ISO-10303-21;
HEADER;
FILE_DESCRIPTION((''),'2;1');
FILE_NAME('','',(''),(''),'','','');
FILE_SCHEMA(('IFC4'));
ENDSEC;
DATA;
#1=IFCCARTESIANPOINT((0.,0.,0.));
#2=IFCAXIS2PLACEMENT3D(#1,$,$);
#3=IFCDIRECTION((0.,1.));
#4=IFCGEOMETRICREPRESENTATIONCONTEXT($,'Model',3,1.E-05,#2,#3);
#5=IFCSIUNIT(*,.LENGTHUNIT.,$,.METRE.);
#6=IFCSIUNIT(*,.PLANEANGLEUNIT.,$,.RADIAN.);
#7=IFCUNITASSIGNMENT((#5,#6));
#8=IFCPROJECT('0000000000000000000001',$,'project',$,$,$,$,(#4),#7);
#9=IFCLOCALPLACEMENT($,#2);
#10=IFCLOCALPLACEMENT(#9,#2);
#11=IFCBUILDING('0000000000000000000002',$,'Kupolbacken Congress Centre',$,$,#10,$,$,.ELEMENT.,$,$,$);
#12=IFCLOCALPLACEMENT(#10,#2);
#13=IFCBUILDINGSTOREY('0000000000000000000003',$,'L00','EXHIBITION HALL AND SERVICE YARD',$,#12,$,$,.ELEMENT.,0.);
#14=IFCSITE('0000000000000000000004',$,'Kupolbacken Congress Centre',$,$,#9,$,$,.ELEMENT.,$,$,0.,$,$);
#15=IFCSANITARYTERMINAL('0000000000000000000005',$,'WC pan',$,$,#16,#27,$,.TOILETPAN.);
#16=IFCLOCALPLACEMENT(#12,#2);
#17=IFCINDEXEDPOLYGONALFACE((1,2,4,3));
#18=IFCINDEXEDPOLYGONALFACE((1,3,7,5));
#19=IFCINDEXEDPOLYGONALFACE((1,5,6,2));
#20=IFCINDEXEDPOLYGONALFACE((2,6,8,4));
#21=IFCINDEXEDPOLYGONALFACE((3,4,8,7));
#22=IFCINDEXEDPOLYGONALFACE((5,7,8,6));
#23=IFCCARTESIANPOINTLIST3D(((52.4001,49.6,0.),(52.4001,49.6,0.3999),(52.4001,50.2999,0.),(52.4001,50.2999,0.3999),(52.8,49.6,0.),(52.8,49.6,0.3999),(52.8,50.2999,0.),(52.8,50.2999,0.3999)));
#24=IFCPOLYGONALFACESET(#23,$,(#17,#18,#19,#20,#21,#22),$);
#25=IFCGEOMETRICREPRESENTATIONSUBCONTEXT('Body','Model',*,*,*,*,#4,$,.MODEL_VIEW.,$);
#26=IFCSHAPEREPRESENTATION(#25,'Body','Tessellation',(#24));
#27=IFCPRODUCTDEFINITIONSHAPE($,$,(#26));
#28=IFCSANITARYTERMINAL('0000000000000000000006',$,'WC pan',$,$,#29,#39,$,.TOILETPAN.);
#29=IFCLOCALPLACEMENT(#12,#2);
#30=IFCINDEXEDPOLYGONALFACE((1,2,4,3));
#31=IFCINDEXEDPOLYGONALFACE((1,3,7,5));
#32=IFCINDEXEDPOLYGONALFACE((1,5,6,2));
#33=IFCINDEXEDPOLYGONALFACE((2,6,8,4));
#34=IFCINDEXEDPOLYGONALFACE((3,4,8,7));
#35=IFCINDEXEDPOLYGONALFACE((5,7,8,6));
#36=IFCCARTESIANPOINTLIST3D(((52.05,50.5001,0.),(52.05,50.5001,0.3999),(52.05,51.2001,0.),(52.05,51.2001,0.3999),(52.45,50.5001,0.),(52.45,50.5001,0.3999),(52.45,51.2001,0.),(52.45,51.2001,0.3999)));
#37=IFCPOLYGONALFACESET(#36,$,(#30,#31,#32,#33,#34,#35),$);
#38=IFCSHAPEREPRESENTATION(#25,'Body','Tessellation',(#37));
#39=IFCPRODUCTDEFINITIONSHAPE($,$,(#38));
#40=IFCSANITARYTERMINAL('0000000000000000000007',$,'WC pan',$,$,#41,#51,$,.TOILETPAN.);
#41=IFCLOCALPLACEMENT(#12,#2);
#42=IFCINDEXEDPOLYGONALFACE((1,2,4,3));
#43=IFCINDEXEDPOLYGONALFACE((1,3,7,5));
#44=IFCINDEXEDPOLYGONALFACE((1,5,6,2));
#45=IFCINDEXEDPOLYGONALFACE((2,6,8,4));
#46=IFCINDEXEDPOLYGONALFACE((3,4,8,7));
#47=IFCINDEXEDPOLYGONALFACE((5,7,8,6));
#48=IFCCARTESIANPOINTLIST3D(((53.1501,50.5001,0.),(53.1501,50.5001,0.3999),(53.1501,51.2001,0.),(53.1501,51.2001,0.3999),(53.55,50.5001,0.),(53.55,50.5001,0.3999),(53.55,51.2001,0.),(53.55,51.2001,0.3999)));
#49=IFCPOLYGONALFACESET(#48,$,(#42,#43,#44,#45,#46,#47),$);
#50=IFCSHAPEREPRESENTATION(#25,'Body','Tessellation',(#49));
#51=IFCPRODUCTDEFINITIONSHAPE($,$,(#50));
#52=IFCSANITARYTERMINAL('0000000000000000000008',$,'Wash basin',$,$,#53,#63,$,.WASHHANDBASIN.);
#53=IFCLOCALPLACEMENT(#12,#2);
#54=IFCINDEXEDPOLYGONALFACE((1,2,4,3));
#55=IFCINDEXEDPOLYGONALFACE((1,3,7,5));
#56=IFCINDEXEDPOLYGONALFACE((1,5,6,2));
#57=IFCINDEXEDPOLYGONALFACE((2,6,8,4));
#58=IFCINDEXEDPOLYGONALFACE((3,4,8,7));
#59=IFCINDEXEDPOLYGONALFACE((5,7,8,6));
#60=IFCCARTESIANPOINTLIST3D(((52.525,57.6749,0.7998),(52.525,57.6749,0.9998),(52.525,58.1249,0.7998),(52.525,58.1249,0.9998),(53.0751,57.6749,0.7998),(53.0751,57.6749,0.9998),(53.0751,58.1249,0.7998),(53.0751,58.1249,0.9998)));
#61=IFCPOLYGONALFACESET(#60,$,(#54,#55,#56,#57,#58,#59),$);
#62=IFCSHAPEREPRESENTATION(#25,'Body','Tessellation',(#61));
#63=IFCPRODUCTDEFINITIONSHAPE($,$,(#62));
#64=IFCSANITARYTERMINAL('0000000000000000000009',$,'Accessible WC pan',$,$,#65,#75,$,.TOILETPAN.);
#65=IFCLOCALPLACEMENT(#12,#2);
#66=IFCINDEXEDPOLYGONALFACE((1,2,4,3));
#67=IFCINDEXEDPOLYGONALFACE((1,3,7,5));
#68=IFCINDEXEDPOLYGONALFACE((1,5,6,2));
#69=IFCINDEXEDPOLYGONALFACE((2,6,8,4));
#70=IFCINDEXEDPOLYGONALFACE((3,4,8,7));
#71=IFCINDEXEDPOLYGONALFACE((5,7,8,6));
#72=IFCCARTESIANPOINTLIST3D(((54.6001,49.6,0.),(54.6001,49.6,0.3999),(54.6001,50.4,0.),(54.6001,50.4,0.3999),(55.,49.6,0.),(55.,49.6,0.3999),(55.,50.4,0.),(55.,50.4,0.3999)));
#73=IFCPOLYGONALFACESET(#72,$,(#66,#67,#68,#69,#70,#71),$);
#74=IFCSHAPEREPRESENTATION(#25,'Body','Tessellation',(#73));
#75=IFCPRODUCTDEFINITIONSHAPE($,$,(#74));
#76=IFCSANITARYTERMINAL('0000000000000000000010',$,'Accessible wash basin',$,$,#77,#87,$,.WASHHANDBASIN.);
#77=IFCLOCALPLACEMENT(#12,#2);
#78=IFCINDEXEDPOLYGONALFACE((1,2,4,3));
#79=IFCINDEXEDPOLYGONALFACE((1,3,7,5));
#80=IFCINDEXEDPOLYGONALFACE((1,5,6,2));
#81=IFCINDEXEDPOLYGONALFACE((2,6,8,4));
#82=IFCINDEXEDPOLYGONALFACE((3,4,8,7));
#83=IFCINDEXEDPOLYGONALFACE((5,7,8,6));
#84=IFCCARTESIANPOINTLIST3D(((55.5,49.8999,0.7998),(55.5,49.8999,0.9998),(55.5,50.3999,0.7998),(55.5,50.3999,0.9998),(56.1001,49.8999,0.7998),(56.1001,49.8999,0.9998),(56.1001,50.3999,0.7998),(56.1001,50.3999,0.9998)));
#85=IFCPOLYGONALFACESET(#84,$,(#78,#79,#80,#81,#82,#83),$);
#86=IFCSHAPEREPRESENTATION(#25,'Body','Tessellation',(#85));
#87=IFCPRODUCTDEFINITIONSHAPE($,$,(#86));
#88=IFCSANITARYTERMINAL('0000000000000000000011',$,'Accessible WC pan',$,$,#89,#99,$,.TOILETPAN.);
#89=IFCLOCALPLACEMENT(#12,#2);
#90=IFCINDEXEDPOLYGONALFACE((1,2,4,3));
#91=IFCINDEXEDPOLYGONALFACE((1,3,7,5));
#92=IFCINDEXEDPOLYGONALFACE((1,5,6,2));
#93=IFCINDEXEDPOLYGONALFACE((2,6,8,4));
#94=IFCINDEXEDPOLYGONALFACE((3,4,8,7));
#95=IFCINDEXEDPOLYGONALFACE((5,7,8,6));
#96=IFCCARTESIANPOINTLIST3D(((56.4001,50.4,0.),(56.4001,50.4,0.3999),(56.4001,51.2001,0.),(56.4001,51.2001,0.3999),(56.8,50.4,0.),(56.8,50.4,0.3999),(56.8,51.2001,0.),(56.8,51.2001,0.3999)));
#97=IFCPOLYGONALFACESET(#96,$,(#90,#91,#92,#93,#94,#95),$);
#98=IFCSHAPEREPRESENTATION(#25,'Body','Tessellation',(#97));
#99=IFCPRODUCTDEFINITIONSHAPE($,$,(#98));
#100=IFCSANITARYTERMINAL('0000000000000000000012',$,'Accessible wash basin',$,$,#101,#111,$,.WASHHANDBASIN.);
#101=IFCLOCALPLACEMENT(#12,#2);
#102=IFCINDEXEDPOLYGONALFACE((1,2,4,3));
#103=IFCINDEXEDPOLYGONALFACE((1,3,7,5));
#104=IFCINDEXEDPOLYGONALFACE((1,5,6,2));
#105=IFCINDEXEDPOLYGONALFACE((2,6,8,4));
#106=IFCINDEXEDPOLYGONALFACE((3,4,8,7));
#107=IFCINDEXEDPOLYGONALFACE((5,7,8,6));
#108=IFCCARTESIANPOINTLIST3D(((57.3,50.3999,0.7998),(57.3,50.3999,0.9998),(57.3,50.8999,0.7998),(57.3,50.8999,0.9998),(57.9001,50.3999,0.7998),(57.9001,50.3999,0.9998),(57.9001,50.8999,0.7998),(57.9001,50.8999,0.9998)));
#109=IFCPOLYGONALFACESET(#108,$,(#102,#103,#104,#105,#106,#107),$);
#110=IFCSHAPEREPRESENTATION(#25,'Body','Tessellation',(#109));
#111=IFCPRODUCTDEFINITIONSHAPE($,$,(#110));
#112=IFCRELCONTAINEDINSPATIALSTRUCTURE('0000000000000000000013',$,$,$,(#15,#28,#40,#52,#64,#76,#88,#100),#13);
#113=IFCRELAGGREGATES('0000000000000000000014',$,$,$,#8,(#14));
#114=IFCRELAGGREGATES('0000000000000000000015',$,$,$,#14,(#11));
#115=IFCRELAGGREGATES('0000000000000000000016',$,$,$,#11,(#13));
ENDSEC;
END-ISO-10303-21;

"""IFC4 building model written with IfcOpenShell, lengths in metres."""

from ifc_helpers import new_model, si_unit, direction, frame, origin, origin_2d, place, context, subcontext, project, spatial, rectangle, extrude, element, save


model = new_model("IFC4")

# Units and contexts
model_context = context("Model", 3, precision=1e-05, world=origin(), true_north=direction((0.0, 1.0)))
body_context = subcontext(model_context, "Body", "Model", "MODEL_VIEW")
ifc_project = project(units=[si_unit("LENGTHUNIT", "METRE"), si_unit("PLANEANGLEUNIT", "RADIAN")], contexts=[model_context])

# Site, building, storey
site_placement = place(None, origin())
site = spatial("IfcSite", under=ifc_project, at=site_placement, Name="Kupolbacken Congress Centre", CompositionType="ELEMENT", RefElevation=0.0)
building_placement = place(site_placement, origin())
building = spatial("IfcBuilding", under=site, at=building_placement, Name="Kupolbacken Congress Centre", CompositionType="ELEMENT")
storey_placement = place(building_placement, origin())
storey = spatial("IfcBuildingStorey", under=building, at=storey_placement, Name="L00", Description="EXHIBITION HALL AND SERVICE YARD", CompositionType="ELEMENT", Elevation=0.0)

# Sanitary terminals
for number, where, z_axis, x_axis, name in (
    (1, (52.6001, 49.95, 0.0), (0.0, 0.0, 1.0), (1.0, 0.0, 0.0), "WC pan"),
    (2, (52.25, 50.8501, 0.0), (0.0, 0.0, 1.0), (1.0, 0.0, 0.0), "WC pan"),
    (3, (53.3501, 50.8501, 0.0), (0.0, 0.0, 1.0), (1.0, 0.0, 0.0), "WC pan"),
):
    element("IfcSanitaryTerminal", number, at=place(storey_placement, frame(where, z_axis=z_axis, x_axis=x_axis)), inside=storey, Name=name, PredefinedType="TOILETPAN", context=body_context, shape_type="SweptSolid", body=[
        extrude(rectangle(XDim=0.3999, YDim=0.7, at=origin_2d()), origin(), (0.0, 0.0, 1.0), 0.3999),
    ])
sanitary_terminal_1_placement = place(storey_placement, frame((52.8, 57.8999, 0.7998), z_axis=(0.0, 0.0, 1.0), x_axis=(1.0, 0.0, 0.0)))
element("IfcSanitaryTerminal", 4, at=sanitary_terminal_1_placement, inside=storey, Name="Wash basin", PredefinedType="WASHHANDBASIN", context=body_context, shape_type="SweptSolid", body=[
    extrude(rectangle(XDim=0.55, YDim=0.45, at=origin_2d()), origin(), (0.0, 0.0, 1.0), 0.2),
])
sanitary_terminal_2_placement = place(storey_placement, frame((54.8, 50.0, 0.0), z_axis=(0.0, 0.0, 1.0), x_axis=(1.0, 0.0, 0.0)))
element("IfcSanitaryTerminal", 5, at=sanitary_terminal_2_placement, inside=storey, Name="Accessible WC pan", PredefinedType="TOILETPAN", context=body_context, shape_type="SweptSolid", body=[
    extrude(rectangle(XDim=0.3999, YDim=0.8, at=origin_2d()), origin(), (0.0, 0.0, 1.0), 0.3999),
])
sanitary_terminal_3_placement = place(storey_placement, frame((55.8, 50.1499, 0.7998), z_axis=(0.0, 0.0, 1.0), x_axis=(1.0, 0.0, 0.0)))
element("IfcSanitaryTerminal", 6, at=sanitary_terminal_3_placement, inside=storey, Name="Accessible wash basin", PredefinedType="WASHHANDBASIN", context=body_context, shape_type="SweptSolid", body=[
    extrude(rectangle(XDim=0.6001, YDim=0.5, at=origin_2d()), origin(), (0.0, 0.0, 1.0), 0.2),
])
sanitary_terminal_4_placement = place(storey_placement, frame((56.6001, 50.8, 0.0), z_axis=(0.0, 0.0, 1.0), x_axis=(1.0, 0.0, 0.0)))
element("IfcSanitaryTerminal", 7, at=sanitary_terminal_4_placement, inside=storey, Name="Accessible WC pan", PredefinedType="TOILETPAN", context=body_context, shape_type="SweptSolid", body=[
    extrude(rectangle(XDim=0.3999, YDim=0.8, at=origin_2d()), origin(), (0.0, 0.0, 1.0), 0.3999),
])
sanitary_terminal_5_placement = place(storey_placement, frame((57.6001, 50.6499, 0.7998), z_axis=(0.0, 0.0, 1.0), x_axis=(1.0, 0.0, 0.0)))
element("IfcSanitaryTerminal", 8, at=sanitary_terminal_5_placement, inside=storey, Name="Accessible wash basin", PredefinedType="WASHHANDBASIN", context=body_context, shape_type="SweptSolid", body=[
    extrude(rectangle(XDim=0.6001, YDim=0.5, at=origin_2d()), origin(), (0.0, 0.0, 1.0), 0.2),
])

save(model, "model.ifc")
